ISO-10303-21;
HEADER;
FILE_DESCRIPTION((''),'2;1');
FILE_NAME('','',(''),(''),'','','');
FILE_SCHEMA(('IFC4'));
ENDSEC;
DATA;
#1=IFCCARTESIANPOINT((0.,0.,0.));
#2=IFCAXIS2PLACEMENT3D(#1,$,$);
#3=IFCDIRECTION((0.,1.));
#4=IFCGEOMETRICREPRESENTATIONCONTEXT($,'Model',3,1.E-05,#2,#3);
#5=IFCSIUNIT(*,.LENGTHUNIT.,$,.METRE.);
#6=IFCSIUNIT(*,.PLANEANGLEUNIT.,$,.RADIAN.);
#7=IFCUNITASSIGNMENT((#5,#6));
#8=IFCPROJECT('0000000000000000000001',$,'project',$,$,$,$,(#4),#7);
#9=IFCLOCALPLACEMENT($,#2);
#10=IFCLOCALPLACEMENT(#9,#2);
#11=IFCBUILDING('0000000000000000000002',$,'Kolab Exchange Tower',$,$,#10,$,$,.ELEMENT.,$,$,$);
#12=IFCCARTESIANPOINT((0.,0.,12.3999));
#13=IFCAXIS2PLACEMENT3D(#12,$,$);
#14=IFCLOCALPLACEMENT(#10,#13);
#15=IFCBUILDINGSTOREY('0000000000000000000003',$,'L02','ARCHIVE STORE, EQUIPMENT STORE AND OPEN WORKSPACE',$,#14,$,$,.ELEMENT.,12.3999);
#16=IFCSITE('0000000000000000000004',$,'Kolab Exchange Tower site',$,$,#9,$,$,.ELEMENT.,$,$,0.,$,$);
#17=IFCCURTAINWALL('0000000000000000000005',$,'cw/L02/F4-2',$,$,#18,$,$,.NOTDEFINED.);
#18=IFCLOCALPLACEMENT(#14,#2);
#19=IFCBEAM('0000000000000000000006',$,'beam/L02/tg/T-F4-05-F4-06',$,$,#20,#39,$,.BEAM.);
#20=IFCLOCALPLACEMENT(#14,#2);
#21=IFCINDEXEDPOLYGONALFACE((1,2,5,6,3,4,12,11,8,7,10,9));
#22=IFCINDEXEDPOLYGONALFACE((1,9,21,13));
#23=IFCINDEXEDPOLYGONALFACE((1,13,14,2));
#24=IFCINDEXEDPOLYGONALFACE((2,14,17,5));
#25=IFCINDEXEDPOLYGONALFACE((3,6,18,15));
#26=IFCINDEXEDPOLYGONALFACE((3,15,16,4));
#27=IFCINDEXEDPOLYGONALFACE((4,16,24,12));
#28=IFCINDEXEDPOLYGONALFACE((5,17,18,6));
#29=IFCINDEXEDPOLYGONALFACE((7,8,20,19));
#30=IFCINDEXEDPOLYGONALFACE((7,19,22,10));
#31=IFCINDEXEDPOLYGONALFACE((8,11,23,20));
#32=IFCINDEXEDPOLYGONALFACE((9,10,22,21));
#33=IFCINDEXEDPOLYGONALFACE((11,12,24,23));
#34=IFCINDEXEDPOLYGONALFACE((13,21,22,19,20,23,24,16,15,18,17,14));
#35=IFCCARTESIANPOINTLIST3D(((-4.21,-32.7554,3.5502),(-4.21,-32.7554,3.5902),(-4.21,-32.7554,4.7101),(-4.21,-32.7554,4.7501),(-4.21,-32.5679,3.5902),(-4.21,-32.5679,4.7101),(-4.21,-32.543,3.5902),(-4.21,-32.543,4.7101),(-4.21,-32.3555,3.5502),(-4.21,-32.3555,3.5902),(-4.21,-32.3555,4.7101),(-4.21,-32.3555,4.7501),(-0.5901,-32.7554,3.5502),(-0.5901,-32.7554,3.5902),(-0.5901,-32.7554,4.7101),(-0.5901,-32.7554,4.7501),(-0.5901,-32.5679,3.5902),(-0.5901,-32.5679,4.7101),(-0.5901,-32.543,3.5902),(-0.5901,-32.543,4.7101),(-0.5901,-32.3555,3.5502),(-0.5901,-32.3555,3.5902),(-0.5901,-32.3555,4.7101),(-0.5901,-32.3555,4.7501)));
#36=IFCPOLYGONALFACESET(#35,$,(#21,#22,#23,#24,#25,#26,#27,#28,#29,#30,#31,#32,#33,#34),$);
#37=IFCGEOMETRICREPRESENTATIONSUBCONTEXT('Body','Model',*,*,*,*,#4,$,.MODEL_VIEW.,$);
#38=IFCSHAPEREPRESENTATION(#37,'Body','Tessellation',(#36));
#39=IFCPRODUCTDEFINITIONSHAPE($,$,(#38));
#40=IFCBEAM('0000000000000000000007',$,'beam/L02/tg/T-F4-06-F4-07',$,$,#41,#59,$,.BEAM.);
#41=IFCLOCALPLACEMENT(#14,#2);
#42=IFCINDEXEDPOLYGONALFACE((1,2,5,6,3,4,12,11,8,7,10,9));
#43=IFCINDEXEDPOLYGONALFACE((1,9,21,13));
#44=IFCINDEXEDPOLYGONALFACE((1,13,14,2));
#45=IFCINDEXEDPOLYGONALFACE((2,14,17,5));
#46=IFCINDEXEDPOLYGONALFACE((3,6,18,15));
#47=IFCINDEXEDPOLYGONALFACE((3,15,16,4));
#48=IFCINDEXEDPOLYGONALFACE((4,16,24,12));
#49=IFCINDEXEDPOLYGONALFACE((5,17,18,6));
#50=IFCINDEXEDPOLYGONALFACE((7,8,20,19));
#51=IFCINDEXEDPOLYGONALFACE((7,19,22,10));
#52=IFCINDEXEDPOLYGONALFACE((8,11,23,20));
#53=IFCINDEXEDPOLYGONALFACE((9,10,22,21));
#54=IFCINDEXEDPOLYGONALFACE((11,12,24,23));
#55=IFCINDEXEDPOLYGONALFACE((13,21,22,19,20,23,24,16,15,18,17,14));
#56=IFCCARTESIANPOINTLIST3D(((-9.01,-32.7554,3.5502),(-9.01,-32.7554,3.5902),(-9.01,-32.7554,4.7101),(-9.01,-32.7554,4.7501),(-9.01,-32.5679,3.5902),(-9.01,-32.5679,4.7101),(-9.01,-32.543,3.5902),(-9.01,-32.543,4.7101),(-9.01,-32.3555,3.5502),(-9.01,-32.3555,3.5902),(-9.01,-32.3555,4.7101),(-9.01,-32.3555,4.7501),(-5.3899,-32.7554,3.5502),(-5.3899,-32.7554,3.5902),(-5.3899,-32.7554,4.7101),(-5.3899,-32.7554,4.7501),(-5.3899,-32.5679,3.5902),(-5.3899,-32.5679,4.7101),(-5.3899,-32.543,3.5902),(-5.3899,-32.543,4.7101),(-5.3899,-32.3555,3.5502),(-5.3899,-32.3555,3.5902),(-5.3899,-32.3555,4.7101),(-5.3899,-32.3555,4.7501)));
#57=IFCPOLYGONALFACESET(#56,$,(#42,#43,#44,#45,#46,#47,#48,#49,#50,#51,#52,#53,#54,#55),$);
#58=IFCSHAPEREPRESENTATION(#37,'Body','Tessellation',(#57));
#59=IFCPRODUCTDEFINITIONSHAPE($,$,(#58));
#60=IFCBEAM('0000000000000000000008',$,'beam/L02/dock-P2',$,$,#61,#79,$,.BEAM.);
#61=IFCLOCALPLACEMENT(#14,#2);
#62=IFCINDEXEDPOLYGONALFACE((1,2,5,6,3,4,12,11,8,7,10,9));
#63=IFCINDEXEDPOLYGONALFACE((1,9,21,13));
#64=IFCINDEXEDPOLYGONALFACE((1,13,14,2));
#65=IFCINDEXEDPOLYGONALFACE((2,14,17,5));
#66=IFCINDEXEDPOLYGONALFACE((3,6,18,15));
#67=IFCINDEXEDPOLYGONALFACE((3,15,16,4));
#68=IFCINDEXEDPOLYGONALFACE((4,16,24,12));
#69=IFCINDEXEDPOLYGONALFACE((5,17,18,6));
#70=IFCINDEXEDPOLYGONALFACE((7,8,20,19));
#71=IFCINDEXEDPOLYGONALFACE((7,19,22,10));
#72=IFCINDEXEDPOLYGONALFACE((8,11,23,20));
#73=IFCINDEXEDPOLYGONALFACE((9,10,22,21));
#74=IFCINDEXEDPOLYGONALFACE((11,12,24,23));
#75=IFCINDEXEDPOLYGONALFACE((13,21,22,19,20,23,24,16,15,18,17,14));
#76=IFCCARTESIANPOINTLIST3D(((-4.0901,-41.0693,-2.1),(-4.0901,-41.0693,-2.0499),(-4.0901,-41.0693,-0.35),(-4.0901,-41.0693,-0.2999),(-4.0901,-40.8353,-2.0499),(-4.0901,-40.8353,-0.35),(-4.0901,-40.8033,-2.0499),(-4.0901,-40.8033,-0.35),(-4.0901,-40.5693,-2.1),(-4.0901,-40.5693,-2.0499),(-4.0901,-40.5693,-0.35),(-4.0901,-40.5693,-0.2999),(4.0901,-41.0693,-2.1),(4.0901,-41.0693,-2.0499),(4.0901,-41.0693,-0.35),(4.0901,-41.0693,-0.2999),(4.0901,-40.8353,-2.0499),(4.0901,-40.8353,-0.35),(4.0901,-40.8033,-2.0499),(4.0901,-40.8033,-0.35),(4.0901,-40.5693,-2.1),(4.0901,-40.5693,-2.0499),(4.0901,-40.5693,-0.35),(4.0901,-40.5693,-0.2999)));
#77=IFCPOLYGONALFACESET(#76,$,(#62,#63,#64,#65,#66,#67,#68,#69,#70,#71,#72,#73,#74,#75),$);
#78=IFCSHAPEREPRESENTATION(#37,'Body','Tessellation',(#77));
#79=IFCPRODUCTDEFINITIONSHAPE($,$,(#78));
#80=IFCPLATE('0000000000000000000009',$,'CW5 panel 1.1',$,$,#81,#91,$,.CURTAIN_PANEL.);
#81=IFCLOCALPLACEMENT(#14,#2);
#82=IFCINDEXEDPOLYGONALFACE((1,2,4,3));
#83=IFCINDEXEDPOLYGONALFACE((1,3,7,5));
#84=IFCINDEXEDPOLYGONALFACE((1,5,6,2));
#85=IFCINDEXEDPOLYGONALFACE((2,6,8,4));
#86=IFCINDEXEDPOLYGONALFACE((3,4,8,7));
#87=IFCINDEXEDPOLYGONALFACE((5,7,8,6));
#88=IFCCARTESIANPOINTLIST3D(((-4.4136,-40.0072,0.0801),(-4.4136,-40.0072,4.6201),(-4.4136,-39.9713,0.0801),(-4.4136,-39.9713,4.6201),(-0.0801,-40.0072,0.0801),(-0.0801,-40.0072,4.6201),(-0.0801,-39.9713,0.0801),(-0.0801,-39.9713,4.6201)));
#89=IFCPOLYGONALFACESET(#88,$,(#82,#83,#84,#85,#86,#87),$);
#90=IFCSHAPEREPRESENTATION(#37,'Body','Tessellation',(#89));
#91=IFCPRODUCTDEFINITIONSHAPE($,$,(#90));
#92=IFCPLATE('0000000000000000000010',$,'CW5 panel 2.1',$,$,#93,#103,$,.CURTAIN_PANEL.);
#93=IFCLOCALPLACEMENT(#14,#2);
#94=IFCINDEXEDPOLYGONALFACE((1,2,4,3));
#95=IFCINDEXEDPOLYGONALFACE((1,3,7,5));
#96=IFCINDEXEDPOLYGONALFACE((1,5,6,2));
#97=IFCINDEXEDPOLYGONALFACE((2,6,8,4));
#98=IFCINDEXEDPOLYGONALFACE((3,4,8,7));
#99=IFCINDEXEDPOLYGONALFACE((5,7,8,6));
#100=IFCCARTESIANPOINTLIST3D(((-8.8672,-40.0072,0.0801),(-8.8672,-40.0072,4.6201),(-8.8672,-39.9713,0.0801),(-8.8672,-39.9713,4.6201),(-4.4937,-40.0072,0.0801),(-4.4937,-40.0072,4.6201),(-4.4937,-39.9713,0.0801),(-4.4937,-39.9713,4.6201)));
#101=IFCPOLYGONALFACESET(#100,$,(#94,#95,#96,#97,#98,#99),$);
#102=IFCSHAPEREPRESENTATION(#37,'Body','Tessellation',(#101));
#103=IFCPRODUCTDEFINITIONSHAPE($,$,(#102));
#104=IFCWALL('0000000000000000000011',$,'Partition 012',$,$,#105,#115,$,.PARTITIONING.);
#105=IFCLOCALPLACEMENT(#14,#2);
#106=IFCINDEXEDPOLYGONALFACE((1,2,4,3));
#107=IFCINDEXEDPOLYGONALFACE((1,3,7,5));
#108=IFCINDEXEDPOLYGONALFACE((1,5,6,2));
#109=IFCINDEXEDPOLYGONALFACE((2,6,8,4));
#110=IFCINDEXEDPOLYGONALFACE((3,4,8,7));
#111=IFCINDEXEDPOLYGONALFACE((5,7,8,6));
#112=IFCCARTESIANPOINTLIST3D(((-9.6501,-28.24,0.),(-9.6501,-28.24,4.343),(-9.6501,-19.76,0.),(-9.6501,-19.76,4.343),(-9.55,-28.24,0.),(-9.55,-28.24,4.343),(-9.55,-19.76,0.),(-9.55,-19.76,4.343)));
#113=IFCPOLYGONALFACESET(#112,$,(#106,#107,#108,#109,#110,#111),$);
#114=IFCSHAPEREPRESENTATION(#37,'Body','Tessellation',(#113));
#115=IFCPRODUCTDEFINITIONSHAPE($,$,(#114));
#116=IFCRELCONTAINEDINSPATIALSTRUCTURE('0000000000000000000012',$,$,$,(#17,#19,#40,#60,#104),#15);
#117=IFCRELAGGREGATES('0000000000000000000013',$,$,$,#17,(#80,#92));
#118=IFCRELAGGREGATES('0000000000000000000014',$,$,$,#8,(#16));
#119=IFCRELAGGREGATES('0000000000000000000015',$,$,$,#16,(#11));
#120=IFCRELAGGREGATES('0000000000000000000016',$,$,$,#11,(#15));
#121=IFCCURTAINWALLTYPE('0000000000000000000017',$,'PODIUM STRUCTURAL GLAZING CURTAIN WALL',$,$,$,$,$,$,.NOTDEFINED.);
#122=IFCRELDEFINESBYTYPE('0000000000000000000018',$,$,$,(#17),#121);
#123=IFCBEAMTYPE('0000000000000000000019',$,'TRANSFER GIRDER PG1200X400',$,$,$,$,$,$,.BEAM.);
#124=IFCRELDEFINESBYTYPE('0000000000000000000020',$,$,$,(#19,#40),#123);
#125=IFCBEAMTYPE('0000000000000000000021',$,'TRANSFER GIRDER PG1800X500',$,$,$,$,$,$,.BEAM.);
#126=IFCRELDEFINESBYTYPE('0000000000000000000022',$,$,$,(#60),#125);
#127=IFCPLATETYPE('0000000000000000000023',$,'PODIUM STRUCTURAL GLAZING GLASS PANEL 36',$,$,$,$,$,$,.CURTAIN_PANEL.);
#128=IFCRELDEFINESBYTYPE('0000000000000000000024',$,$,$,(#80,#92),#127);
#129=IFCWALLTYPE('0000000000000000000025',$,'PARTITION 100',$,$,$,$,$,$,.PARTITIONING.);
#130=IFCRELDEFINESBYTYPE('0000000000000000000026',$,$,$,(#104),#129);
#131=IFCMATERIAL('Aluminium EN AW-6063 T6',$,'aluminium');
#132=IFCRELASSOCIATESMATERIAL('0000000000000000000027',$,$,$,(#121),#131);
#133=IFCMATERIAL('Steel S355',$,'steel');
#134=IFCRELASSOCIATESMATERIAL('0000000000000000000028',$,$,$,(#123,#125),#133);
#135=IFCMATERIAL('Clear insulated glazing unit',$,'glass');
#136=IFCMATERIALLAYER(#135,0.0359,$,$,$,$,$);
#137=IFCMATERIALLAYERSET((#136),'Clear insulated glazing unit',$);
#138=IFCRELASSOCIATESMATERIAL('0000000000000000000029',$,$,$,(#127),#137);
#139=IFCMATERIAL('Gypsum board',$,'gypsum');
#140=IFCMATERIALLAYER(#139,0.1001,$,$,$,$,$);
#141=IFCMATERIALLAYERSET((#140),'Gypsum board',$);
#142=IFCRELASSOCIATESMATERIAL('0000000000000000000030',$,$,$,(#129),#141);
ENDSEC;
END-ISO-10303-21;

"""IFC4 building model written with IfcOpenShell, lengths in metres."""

from ifc_helpers import new_model, si_unit, direction, frame, frame_2d, origin, origin_2d, place, context, subcontext, project, spatial, rectangle, i_section, extrude, material, layer, layer_set, material_profile, profile_set, type_object, element, aggregate, save


model = new_model("IFC4")

# Units and contexts
model_context = context("Model", 3, precision=1e-05, world=origin(), true_north=direction((0.0, 1.0)))
body_context = subcontext(model_context, "Body", "Model", "MODEL_VIEW")
ifc_project = project(units=[si_unit("LENGTHUNIT", "METRE"), si_unit("PLANEANGLEUNIT", "RADIAN")], contexts=[model_context])

# Site, building, storey
site_placement = place(None, origin())
site = spatial("IfcSite", under=ifc_project, at=site_placement, Name="Kolab Exchange Tower site", CompositionType="ELEMENT", RefElevation=0.0)
building_placement = place(site_placement, origin())
building = spatial("IfcBuilding", under=site, at=building_placement, Name="Kolab Exchange Tower", CompositionType="ELEMENT")
storey_placement = place(building_placement, frame((0.0, 0.0, 12.3999)))
storey = spatial("IfcBuildingStorey", under=building, at=storey_placement, Name="L02", Description="ARCHIVE STORE, EQUIPMENT STORE AND OPEN WORKSPACE", CompositionType="ELEMENT", Elevation=12.3999)

# Shared definitions
ifc_material_1 = material(Name="Steel S355", Category="steel")

# Curtain wall
ifc_material_2 = material(Name="Aluminium EN AW-6063 T6", Category="aluminium")
curtain_wall_type = type_object("IfcCurtainWallType", Name="PODIUM STRUCTURAL GLAZING CURTAIN WALL", PredefinedType="NOTDEFINED", material=ifc_material_2)
curtain_wall_placement = place(storey_placement, origin())
curtain_wall = element("IfcCurtainWall", 1, at=curtain_wall_placement, inside=storey, type_object=curtain_wall_type, Name="cw/L02/F4-2", PredefinedType="NOTDEFINED")

# Beams
ifc_material_profile_1 = material_profile(ifc_material_1, i_section(OverallWidth=0.3999, OverallDepth=1.2, WebThickness=0.0249, FlangeThickness=0.04, at=origin_2d()), Name="PG1200X400")
ifc_profile_set_1 = profile_set([ifc_material_profile_1], Name="Steel S355")
beam_type_1 = type_object("IfcBeamType", Name="TRANSFER GIRDER PG1200X400", PredefinedType="BEAM", material=ifc_profile_set_1)
beam_1_placement = place(storey_placement, frame((-0.5901, -32.5554, 4.1501), z_axis=(-1.0, 0.0, 0.0), x_axis=(0.0, -1.0, 0.0)))
element("IfcBeam", 2, at=beam_1_placement, inside=storey, type_object=beam_type_1, Name="beam/L02/tg/T-F4-05-F4-06", PredefinedType="BEAM", context=body_context, shape_type="SweptSolid", body=[
    extrude(i_section(OverallWidth=0.3999, OverallDepth=1.2, WebThickness=0.0249, FlangeThickness=0.04, at=origin_2d()), origin(), (0.0, 0.0, 1.0), 3.6199),
])
beam_2_placement = place(storey_placement, frame((-5.3899, -32.5554, 4.1501), z_axis=(-1.0, 0.0, 0.0), x_axis=(0.0, -1.0, 0.0)))
element("IfcBeam", 3, at=beam_2_placement, inside=storey, type_object=beam_type_1, Name="beam/L02/tg/T-F4-06-F4-07", PredefinedType="BEAM", context=body_context, shape_type="SweptSolid", body=[
    extrude(i_section(OverallWidth=0.3999, OverallDepth=1.2, WebThickness=0.0249, FlangeThickness=0.04, at=origin_2d()), origin(), (0.0, 0.0, 1.0), 3.6201),
])
ifc_material_profile_2 = material_profile(ifc_material_1, i_section(OverallWidth=0.5, OverallDepth=1.8, WebThickness=0.032, FlangeThickness=0.05, at=origin_2d()), Name="PG1800X500")
ifc_profile_set_2 = profile_set([ifc_material_profile_2], Name="Steel S355")
beam_type_2 = type_object("IfcBeamType", Name="TRANSFER GIRDER PG1800X500", PredefinedType="BEAM", material=ifc_profile_set_2)
beam_3_placement = place(storey_placement, frame((-4.0901, -40.8193, -1.2), z_axis=(1.0, 0.0, 0.0), x_axis=(0.0, 1.0, 0.0)))
element("IfcBeam", 4, at=beam_3_placement, inside=storey, type_object=beam_type_2, Name="beam/L02/dock-P2", PredefinedType="BEAM", context=body_context, shape_type="SweptSolid", body=[
    extrude(i_section(OverallWidth=0.5, OverallDepth=1.8, WebThickness=0.032, FlangeThickness=0.05, at=origin_2d()), origin(), (0.0, 0.0, 1.0), 8.1802),
])

# Plates
ifc_material_3 = material(Name="Clear insulated glazing unit", Category="glass")
ifc_layer_1 = layer(ifc_material_3, 0.0359)
ifc_layer_set_1 = layer_set([ifc_layer_1], Name="Clear insulated glazing unit")
plate_type = type_object("IfcPlateType", Name="PODIUM STRUCTURAL GLAZING GLASS PANEL 36", PredefinedType="CURTAIN_PANEL", material=ifc_layer_set_1)
plate_1_placement = place(storey_placement, frame((-2.2468, -39.9893, 0.0801), z_axis=(0.0, 0.0, 1.0), x_axis=(-1.0, 0.0, 0.0)))
plate_1 = element("IfcPlate", 5, at=plate_1_placement, type_object=plate_type, Name="CW5 panel 1.1", PredefinedType="CURTAIN_PANEL", context=body_context, shape_type="SweptSolid", body=[
    extrude(rectangle(XDim=4.3335, YDim=0.0359, at=origin_2d()), origin(), (0.0, 0.0, 1.0), 4.54),
])
plate_2_placement = place(storey_placement, frame((-6.6804, -39.9893, 0.0801), z_axis=(0.0, 0.0, 1.0), x_axis=(-1.0, 0.0, 0.0)))
plate_2 = element("IfcPlate", 6, at=plate_2_placement, type_object=plate_type, Name="CW5 panel 2.1", PredefinedType="CURTAIN_PANEL", context=body_context, shape_type="SweptSolid", body=[
    extrude(rectangle(XDim=4.3735, YDim=0.0359, at=origin_2d()), origin(), (0.0, 0.0, 1.0), 4.54),
])
aggregate(curtain_wall, [plate_1, plate_2])

# Wall
ifc_material_4 = material(Name="Gypsum board", Category="gypsum")
ifc_layer_2 = layer(ifc_material_4, 0.1001)
ifc_layer_set_2 = layer_set([ifc_layer_2], Name="Gypsum board")
wall_type_1 = type_object("IfcWallType", Name="PARTITION 100", PredefinedType="PARTITIONING", material=ifc_layer_set_2)
wall_1_placement = place(storey_placement, frame((-9.6001, -28.24, 0.0), z_axis=(0.0, 0.0, 1.0), x_axis=(0.0, 1.0, 0.0)))
element("IfcWall", 7, at=wall_1_placement, inside=storey, type_object=wall_type_1, Name="Partition 012", PredefinedType="PARTITIONING", context=body_context, shape_type="SweptSolid", body=[
    extrude(rectangle(XDim=8.48, YDim=0.1001, at=frame_2d((4.24, 0.0))), origin(), (0.0, 0.0, 1.0), 4.343),
])

save(model, "model.ifc")
